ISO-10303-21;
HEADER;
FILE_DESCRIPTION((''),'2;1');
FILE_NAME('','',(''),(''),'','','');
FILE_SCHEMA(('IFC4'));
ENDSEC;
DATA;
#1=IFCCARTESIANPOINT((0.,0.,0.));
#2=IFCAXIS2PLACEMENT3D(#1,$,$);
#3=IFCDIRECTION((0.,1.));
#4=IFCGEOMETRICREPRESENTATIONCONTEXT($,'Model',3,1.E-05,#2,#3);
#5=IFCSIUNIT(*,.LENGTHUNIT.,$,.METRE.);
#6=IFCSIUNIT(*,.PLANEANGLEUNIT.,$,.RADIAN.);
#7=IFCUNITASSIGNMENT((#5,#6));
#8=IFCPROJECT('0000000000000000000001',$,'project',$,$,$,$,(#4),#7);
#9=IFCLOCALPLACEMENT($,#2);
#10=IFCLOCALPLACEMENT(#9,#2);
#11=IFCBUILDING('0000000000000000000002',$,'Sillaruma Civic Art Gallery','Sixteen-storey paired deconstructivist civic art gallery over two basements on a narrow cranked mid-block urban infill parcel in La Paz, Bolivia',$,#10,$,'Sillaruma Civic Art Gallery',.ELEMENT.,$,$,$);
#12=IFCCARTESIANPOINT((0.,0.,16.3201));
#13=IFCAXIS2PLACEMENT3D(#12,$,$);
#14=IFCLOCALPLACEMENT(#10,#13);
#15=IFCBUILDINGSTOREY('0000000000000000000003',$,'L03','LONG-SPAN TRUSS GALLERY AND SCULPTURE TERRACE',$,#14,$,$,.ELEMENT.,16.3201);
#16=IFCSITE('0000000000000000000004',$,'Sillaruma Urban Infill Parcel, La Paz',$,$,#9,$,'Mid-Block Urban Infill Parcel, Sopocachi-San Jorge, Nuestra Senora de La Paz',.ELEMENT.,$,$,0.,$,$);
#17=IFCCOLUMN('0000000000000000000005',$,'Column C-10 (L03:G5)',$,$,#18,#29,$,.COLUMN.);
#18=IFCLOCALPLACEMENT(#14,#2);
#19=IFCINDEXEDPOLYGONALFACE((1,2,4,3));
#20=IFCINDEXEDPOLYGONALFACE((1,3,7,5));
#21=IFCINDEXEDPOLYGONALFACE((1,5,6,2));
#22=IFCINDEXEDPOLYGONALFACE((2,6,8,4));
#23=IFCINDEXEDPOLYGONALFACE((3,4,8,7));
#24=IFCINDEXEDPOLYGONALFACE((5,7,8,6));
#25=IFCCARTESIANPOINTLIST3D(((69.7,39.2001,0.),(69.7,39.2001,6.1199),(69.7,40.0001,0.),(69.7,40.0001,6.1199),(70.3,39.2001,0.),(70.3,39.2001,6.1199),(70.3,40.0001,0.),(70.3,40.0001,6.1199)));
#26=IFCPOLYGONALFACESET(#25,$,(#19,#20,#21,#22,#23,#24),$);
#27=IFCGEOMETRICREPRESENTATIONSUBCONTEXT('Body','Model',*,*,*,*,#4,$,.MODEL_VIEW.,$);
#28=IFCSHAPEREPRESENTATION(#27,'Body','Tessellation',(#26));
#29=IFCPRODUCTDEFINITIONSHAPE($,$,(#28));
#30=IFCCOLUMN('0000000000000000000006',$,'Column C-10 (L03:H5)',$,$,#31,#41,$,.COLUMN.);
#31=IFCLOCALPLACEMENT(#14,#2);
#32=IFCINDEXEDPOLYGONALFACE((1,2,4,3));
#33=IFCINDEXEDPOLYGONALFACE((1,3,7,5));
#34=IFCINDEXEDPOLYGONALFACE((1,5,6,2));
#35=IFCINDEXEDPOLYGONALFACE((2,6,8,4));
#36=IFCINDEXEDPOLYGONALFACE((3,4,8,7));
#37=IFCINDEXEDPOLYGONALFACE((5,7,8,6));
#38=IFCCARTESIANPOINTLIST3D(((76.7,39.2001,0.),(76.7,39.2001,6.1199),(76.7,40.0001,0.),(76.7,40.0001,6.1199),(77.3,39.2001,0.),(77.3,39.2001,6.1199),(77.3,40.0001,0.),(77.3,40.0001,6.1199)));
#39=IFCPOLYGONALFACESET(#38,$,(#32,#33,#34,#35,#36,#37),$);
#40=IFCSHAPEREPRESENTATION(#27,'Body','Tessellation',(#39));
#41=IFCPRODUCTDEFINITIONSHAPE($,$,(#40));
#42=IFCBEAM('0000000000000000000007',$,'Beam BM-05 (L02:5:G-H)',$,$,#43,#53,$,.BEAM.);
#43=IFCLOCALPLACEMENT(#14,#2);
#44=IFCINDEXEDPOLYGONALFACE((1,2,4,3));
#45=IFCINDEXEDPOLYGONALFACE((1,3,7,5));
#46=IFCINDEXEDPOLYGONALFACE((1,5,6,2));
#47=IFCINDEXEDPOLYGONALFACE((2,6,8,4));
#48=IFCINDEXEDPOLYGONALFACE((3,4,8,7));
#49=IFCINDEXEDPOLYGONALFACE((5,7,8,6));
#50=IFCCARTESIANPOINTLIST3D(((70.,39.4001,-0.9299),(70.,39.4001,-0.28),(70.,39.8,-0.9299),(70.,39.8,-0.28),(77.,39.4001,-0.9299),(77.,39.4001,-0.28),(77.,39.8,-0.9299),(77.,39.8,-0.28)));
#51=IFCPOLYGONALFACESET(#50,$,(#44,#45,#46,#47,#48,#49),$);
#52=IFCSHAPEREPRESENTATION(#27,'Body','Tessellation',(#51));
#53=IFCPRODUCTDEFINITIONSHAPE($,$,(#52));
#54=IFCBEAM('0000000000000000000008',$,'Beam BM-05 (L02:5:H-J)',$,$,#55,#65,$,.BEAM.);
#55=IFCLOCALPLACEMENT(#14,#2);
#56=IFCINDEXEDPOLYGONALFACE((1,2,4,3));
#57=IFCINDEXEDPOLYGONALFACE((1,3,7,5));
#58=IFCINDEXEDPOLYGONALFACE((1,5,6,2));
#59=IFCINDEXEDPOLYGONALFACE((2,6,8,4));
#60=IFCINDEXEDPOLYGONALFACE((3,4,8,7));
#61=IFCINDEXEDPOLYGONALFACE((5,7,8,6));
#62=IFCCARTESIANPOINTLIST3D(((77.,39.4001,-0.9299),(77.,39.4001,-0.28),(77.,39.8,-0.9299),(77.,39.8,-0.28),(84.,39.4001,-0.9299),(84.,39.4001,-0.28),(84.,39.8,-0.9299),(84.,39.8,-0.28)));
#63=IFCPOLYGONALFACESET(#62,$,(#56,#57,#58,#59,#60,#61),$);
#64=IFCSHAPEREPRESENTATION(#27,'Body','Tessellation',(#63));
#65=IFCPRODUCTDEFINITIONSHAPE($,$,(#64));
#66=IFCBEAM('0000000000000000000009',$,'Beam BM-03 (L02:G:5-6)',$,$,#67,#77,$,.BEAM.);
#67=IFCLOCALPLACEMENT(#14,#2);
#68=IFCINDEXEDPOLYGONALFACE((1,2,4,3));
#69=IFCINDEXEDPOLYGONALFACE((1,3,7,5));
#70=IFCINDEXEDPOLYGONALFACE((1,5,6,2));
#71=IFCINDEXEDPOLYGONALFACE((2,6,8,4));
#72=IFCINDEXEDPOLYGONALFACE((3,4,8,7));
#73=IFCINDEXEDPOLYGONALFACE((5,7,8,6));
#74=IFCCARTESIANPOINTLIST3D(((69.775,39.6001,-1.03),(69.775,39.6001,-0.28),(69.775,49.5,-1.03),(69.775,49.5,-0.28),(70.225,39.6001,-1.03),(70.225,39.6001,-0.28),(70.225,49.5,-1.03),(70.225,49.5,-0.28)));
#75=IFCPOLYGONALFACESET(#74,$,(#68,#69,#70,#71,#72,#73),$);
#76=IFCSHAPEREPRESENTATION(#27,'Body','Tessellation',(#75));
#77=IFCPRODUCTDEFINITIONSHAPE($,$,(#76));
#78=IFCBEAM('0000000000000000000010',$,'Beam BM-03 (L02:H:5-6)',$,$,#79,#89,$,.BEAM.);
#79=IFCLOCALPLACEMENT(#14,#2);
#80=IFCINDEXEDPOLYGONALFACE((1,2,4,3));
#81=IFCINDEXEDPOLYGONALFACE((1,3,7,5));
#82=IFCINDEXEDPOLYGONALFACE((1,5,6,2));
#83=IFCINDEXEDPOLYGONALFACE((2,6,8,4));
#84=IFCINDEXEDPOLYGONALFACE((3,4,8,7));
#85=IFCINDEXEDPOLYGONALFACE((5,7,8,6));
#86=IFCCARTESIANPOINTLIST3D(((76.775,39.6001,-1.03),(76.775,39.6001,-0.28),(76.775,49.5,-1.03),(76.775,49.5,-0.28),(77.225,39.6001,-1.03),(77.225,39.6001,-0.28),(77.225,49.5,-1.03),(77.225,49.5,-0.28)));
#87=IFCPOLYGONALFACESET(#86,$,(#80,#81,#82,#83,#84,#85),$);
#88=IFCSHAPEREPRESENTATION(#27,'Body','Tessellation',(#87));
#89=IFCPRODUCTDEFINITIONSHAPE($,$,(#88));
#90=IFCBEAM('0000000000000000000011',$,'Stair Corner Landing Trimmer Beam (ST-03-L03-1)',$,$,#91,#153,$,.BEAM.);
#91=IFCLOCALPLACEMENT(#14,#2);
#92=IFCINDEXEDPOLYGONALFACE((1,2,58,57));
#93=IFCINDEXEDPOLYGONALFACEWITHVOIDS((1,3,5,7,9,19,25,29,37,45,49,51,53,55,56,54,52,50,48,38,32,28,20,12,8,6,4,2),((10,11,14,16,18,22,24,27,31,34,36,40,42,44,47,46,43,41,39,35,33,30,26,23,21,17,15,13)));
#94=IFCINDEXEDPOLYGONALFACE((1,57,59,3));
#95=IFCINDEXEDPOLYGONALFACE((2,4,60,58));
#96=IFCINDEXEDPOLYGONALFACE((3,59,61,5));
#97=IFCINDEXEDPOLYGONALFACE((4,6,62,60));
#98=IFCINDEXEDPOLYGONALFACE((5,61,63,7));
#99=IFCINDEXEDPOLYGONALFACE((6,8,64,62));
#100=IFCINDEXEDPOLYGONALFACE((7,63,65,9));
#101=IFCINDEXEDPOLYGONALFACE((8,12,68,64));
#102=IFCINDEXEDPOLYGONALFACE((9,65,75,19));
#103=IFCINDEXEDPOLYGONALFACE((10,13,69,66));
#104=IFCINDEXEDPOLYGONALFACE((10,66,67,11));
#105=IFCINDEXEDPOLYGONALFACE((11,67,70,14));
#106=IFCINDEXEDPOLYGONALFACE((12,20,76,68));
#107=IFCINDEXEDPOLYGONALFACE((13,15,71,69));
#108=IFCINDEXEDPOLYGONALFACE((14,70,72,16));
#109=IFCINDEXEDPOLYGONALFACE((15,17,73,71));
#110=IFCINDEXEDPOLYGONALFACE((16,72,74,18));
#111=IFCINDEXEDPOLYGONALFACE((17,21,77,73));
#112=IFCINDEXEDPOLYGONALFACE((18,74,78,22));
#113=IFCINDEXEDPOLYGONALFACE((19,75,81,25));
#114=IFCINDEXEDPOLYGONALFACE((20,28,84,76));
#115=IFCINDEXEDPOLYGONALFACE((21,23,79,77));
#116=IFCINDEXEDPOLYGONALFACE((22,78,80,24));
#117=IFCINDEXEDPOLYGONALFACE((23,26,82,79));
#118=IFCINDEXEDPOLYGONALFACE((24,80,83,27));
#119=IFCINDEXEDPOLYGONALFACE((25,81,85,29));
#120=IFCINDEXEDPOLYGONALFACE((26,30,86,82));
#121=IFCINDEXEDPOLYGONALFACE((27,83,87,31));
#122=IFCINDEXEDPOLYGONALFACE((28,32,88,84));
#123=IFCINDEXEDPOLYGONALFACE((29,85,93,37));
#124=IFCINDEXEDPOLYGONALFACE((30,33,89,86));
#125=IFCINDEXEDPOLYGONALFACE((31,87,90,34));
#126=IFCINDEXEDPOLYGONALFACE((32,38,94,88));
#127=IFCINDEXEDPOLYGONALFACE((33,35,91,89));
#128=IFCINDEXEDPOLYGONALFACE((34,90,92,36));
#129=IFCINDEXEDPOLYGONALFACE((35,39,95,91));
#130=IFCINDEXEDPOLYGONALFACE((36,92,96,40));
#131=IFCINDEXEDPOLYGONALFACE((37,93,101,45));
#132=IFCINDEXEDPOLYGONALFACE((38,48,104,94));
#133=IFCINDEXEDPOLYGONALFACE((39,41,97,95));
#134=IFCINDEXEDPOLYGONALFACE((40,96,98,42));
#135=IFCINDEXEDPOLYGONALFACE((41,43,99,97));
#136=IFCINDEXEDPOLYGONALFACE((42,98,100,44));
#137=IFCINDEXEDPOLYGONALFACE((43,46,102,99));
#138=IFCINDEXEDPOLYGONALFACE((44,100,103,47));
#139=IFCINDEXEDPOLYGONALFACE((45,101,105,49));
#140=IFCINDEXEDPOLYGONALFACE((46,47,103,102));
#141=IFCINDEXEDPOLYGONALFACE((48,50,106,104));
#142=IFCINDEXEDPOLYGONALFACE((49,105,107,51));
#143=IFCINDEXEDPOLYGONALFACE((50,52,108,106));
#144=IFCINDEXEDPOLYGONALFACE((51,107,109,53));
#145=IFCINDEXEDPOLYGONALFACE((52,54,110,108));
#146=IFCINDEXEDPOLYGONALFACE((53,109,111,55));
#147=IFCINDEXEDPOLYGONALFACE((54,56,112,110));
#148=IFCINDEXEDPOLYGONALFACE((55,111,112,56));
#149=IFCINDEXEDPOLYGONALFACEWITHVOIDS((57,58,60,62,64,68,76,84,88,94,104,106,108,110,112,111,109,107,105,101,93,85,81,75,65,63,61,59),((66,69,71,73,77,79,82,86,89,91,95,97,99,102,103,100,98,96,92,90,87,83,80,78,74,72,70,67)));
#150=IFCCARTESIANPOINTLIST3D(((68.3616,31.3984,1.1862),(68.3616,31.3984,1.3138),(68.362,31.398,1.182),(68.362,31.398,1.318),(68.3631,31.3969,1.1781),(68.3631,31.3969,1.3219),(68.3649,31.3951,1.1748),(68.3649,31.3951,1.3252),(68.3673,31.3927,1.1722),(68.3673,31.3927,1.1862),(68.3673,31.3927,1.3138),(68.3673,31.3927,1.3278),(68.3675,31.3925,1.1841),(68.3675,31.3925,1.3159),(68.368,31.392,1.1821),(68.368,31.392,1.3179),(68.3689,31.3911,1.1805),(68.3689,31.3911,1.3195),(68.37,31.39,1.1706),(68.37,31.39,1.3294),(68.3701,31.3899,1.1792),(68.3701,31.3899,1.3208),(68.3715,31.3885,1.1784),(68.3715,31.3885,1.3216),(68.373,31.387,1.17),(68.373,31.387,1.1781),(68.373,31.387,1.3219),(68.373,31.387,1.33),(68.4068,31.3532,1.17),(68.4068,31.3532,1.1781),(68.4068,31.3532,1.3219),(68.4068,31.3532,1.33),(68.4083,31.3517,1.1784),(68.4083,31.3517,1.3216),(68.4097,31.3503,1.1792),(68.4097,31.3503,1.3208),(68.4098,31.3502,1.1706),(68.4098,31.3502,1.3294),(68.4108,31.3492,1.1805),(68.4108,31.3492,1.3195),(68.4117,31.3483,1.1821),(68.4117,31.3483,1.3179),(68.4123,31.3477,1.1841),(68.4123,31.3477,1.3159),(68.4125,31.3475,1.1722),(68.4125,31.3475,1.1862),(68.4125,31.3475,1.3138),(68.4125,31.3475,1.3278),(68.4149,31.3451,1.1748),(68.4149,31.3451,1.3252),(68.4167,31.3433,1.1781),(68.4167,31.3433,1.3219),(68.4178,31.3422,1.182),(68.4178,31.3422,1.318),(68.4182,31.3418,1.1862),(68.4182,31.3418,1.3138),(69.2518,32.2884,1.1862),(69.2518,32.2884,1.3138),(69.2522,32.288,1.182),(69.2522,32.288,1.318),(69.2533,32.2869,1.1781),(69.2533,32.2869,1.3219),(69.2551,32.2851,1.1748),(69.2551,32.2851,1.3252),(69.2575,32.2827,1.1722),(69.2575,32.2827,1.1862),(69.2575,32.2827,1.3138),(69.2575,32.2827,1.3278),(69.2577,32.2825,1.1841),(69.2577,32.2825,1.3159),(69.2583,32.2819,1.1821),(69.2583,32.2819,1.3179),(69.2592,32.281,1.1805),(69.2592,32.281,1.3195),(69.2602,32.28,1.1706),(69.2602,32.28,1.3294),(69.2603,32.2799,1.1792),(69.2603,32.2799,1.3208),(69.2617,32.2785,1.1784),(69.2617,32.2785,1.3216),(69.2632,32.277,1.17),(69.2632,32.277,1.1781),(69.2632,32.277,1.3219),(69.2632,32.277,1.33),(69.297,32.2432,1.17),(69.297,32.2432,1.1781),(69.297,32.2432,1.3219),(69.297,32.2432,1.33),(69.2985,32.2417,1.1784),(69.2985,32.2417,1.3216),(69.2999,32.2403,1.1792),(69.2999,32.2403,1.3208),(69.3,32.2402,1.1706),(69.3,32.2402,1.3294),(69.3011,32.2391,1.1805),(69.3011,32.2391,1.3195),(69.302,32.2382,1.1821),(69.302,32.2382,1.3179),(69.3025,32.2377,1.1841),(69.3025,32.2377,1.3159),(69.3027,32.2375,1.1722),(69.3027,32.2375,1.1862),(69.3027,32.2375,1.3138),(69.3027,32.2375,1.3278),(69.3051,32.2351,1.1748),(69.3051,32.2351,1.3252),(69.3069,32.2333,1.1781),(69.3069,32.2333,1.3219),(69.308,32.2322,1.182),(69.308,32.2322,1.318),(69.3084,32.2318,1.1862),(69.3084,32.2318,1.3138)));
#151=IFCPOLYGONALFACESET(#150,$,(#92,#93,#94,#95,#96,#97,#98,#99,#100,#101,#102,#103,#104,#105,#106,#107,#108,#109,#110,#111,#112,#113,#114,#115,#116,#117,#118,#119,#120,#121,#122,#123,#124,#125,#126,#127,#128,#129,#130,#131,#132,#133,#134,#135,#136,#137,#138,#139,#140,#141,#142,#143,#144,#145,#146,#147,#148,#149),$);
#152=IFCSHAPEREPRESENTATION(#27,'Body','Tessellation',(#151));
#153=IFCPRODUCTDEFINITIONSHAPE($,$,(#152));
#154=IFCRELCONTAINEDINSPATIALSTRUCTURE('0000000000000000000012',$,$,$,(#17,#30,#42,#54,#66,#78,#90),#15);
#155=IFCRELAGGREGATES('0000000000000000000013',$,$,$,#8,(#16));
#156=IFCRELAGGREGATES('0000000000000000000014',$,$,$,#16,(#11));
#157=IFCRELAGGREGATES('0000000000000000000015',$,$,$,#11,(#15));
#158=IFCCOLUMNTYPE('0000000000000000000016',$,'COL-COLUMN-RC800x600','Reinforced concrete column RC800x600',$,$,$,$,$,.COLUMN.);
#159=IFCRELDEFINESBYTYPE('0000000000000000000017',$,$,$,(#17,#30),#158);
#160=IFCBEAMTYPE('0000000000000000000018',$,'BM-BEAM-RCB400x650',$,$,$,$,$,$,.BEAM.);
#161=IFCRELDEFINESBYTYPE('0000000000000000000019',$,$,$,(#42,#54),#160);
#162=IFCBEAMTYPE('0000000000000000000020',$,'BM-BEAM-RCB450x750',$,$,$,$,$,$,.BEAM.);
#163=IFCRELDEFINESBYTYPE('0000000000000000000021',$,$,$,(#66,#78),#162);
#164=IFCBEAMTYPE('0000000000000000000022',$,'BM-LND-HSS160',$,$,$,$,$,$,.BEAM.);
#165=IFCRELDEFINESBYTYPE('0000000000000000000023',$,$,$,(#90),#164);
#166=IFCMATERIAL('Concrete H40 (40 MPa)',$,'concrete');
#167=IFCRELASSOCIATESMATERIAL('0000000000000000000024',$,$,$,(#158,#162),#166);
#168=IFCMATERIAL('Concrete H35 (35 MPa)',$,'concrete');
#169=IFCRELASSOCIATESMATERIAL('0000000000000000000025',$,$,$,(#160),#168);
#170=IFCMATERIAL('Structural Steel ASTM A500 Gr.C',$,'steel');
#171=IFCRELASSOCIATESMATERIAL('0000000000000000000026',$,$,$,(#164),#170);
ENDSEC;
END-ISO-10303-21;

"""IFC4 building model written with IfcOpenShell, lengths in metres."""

from ifc_helpers import new_model, si_unit, direction, frame, origin, origin_2d, place, context, subcontext, project, spatial, rectangle, hollow_rectangle, extrude, material, material_profile, profile_set, type_object, element, save


model = new_model("IFC4")

# Units and contexts
model_context = context("Model", 3, precision=1e-05, world=origin(), true_north=direction((0.0, 1.0)))
body_context = subcontext(model_context, "Body", "Model", "MODEL_VIEW")
ifc_project = project(units=[si_unit("LENGTHUNIT", "METRE"), si_unit("PLANEANGLEUNIT", "RADIAN")], contexts=[model_context])

# Site, building, storey
site_placement = place(None, origin())
site = spatial("IfcSite", under=ifc_project, at=site_placement, Name="Sillaruma Urban Infill Parcel, La Paz", LongName="Mid-Block Urban Infill Parcel, Sopocachi-San Jorge, Nuestra Senora de La Paz", CompositionType="ELEMENT", RefElevation=0.0)
building_placement = place(site_placement, origin())
building = spatial("IfcBuilding", under=site, at=building_placement, Name="Sillaruma Civic Art Gallery", Description="Sixteen-storey paired deconstructivist civic art gallery over two basements on a narrow cranked mid-block urban infill parcel in La Paz, Bolivia", LongName="Sillaruma Civic Art Gallery", CompositionType="ELEMENT")
storey_placement = place(building_placement, frame((0.0, 0.0, 16.3201)))
storey = spatial("IfcBuildingStorey", under=building, at=storey_placement, Name="L03", Description="LONG-SPAN TRUSS GALLERY AND SCULPTURE TERRACE", CompositionType="ELEMENT", Elevation=16.3201)

# Columns
ifc_material_1 = material(Name="Concrete H40 (40 MPa)", Category="concrete")
ifc_material_profile_1 = material_profile(ifc_material_1, rectangle(XDim=0.6001, YDim=0.8, at=origin_2d()), Name="RC800x600")
ifc_profile_set_1 = profile_set([ifc_material_profile_1], Name="Concrete H40 (40 MPa)")
column_type = type_object("IfcColumnType", Name="COL-COLUMN-RC800x600", Description="Reinforced concrete column RC800x600", PredefinedType="COLUMN", material=ifc_profile_set_1)
for number, where, z_axis, x_axis, name in (
    (1, (70.0, 39.6001, 0.0), (0.0, 0.0, 1.0), (1.0, 0.0, 0.0), "Column C-10 (L03:G5)"),
    (2, (77.0, 39.6001, 0.0), (0.0, 0.0, 1.0), (1.0, 0.0, 0.0), "Column C-10 (L03:H5)"),
):
    element("IfcColumn", number, at=place(storey_placement, frame(where, z_axis=z_axis, x_axis=x_axis)), inside=storey, type_object=column_type, Name=name, PredefinedType="COLUMN", context=body_context, shape_type="SweptSolid", body=[
        extrude(rectangle(XDim=0.6001, YDim=0.8, at=origin_2d()), origin(), (0.0, 0.0, 1.0), 6.1199),
    ])

# Beams
ifc_material_2 = material(Name="Concrete H35 (35 MPa)", Category="concrete")
ifc_material_profile_2 = material_profile(ifc_material_2, rectangle(XDim=0.3999, YDim=0.6499, at=origin_2d()), Name="RCB400x650")
ifc_profile_set_2 = profile_set([ifc_material_profile_2], Name="Concrete H35 (35 MPa)")
beam_type_1 = type_object("IfcBeamType", Name="BM-BEAM-RCB400x650", PredefinedType="BEAM", material=ifc_profile_set_2)
for number, where, z_axis, x_axis, name in (
    (3, (70.0, 39.6001, -0.605), (1.0, 0.0, 0.0), (0.0, 1.0, 0.0), "Beam BM-05 (L02:5:G-H)"),
    (4, (77.0, 39.6001, -0.605), (1.0, 0.0, 0.0), (0.0, 1.0, 0.0), "Beam BM-05 (L02:5:H-J)"),
):
    element("IfcBeam", number, at=place(storey_placement, frame(where, z_axis=z_axis, x_axis=x_axis)), inside=storey, type_object=beam_type_1, Name=name, PredefinedType="BEAM", context=body_context, shape_type="SweptSolid", body=[
        extrude(rectangle(XDim=0.3999, YDim=0.6499, at=origin_2d()), origin(), (0.0, 0.0, 1.0), 7.0),
    ])
ifc_material_profile_3 = material_profile(ifc_material_1, rectangle(XDim=0.45, YDim=0.75, at=origin_2d()), Name="RCB450x750")
ifc_profile_set_3 = profile_set([ifc_material_profile_3], Name="Concrete H40 (40 MPa)")
beam_type_2 = type_object("IfcBeamType", Name="BM-BEAM-RCB450x750", PredefinedType="BEAM", material=ifc_profile_set_3)
for number, where, z_axis, x_axis, name in (
    (5, (70.0, 39.6001, -0.655), (0.0, 1.0, 0.0), (-1.0, 0.0, 0.0), "Beam BM-03 (L02:G:5-6)"),
    (6, (77.0, 39.6001, -0.655), (0.0, 1.0, 0.0), (-1.0, 0.0, 0.0), "Beam BM-03 (L02:H:5-6)"),
):
    element("IfcBeam", number, at=place(storey_placement, frame(where, z_axis=z_axis, x_axis=x_axis)), inside=storey, type_object=beam_type_2, Name=name, PredefinedType="BEAM", context=body_context, shape_type="SweptSolid", body=[
        extrude(rectangle(XDim=0.45, YDim=0.75, at=origin_2d()), origin(), (0.0, 0.0, 1.0), 9.8999),
    ])
ifc_material_3 = material(Name="Structural Steel ASTM A500 Gr.C", Category="steel")
ifc_material_profile_4 = material_profile(ifc_material_3, hollow_rectangle(XDim=0.0801, YDim=0.1599, WallThickness=0.0081, InnerFilletRadius=0.0081, OuterFilletRadius=0.0161, at=origin_2d()), Name="HSS160x80x8")
ifc_profile_set_4 = profile_set([ifc_material_profile_4], Name="Structural Steel ASTM A500 Gr.C")
beam_type_3 = type_object("IfcBeamType", Name="BM-LND-HSS160", PredefinedType="BEAM", material=ifc_profile_set_4)
for number, where, z_axis, x_axis, name in (
    (7, (68.3899, 31.3701, 1.25), (0.707204, 0.70701, 0.0), (-0.70701, 0.707204, 0.0), "Stair Corner Landing Trimmer Beam (ST-03-L03-1)"),
):
    element("IfcBeam", number, at=place(storey_placement, frame(where, z_axis=z_axis, x_axis=x_axis)), inside=storey, type_object=beam_type_3, Name=name, PredefinedType="BEAM", context=body_context, shape_type="SweptSolid", body=[
        extrude(hollow_rectangle(XDim=0.0801, YDim=0.1599, WallThickness=0.0081, InnerFilletRadius=0.0081, OuterFilletRadius=0.0161, at=origin_2d()), origin(), (0.0, 0.0, 1.0), 1.2588),
    ])

save(model, "model.ifc")
